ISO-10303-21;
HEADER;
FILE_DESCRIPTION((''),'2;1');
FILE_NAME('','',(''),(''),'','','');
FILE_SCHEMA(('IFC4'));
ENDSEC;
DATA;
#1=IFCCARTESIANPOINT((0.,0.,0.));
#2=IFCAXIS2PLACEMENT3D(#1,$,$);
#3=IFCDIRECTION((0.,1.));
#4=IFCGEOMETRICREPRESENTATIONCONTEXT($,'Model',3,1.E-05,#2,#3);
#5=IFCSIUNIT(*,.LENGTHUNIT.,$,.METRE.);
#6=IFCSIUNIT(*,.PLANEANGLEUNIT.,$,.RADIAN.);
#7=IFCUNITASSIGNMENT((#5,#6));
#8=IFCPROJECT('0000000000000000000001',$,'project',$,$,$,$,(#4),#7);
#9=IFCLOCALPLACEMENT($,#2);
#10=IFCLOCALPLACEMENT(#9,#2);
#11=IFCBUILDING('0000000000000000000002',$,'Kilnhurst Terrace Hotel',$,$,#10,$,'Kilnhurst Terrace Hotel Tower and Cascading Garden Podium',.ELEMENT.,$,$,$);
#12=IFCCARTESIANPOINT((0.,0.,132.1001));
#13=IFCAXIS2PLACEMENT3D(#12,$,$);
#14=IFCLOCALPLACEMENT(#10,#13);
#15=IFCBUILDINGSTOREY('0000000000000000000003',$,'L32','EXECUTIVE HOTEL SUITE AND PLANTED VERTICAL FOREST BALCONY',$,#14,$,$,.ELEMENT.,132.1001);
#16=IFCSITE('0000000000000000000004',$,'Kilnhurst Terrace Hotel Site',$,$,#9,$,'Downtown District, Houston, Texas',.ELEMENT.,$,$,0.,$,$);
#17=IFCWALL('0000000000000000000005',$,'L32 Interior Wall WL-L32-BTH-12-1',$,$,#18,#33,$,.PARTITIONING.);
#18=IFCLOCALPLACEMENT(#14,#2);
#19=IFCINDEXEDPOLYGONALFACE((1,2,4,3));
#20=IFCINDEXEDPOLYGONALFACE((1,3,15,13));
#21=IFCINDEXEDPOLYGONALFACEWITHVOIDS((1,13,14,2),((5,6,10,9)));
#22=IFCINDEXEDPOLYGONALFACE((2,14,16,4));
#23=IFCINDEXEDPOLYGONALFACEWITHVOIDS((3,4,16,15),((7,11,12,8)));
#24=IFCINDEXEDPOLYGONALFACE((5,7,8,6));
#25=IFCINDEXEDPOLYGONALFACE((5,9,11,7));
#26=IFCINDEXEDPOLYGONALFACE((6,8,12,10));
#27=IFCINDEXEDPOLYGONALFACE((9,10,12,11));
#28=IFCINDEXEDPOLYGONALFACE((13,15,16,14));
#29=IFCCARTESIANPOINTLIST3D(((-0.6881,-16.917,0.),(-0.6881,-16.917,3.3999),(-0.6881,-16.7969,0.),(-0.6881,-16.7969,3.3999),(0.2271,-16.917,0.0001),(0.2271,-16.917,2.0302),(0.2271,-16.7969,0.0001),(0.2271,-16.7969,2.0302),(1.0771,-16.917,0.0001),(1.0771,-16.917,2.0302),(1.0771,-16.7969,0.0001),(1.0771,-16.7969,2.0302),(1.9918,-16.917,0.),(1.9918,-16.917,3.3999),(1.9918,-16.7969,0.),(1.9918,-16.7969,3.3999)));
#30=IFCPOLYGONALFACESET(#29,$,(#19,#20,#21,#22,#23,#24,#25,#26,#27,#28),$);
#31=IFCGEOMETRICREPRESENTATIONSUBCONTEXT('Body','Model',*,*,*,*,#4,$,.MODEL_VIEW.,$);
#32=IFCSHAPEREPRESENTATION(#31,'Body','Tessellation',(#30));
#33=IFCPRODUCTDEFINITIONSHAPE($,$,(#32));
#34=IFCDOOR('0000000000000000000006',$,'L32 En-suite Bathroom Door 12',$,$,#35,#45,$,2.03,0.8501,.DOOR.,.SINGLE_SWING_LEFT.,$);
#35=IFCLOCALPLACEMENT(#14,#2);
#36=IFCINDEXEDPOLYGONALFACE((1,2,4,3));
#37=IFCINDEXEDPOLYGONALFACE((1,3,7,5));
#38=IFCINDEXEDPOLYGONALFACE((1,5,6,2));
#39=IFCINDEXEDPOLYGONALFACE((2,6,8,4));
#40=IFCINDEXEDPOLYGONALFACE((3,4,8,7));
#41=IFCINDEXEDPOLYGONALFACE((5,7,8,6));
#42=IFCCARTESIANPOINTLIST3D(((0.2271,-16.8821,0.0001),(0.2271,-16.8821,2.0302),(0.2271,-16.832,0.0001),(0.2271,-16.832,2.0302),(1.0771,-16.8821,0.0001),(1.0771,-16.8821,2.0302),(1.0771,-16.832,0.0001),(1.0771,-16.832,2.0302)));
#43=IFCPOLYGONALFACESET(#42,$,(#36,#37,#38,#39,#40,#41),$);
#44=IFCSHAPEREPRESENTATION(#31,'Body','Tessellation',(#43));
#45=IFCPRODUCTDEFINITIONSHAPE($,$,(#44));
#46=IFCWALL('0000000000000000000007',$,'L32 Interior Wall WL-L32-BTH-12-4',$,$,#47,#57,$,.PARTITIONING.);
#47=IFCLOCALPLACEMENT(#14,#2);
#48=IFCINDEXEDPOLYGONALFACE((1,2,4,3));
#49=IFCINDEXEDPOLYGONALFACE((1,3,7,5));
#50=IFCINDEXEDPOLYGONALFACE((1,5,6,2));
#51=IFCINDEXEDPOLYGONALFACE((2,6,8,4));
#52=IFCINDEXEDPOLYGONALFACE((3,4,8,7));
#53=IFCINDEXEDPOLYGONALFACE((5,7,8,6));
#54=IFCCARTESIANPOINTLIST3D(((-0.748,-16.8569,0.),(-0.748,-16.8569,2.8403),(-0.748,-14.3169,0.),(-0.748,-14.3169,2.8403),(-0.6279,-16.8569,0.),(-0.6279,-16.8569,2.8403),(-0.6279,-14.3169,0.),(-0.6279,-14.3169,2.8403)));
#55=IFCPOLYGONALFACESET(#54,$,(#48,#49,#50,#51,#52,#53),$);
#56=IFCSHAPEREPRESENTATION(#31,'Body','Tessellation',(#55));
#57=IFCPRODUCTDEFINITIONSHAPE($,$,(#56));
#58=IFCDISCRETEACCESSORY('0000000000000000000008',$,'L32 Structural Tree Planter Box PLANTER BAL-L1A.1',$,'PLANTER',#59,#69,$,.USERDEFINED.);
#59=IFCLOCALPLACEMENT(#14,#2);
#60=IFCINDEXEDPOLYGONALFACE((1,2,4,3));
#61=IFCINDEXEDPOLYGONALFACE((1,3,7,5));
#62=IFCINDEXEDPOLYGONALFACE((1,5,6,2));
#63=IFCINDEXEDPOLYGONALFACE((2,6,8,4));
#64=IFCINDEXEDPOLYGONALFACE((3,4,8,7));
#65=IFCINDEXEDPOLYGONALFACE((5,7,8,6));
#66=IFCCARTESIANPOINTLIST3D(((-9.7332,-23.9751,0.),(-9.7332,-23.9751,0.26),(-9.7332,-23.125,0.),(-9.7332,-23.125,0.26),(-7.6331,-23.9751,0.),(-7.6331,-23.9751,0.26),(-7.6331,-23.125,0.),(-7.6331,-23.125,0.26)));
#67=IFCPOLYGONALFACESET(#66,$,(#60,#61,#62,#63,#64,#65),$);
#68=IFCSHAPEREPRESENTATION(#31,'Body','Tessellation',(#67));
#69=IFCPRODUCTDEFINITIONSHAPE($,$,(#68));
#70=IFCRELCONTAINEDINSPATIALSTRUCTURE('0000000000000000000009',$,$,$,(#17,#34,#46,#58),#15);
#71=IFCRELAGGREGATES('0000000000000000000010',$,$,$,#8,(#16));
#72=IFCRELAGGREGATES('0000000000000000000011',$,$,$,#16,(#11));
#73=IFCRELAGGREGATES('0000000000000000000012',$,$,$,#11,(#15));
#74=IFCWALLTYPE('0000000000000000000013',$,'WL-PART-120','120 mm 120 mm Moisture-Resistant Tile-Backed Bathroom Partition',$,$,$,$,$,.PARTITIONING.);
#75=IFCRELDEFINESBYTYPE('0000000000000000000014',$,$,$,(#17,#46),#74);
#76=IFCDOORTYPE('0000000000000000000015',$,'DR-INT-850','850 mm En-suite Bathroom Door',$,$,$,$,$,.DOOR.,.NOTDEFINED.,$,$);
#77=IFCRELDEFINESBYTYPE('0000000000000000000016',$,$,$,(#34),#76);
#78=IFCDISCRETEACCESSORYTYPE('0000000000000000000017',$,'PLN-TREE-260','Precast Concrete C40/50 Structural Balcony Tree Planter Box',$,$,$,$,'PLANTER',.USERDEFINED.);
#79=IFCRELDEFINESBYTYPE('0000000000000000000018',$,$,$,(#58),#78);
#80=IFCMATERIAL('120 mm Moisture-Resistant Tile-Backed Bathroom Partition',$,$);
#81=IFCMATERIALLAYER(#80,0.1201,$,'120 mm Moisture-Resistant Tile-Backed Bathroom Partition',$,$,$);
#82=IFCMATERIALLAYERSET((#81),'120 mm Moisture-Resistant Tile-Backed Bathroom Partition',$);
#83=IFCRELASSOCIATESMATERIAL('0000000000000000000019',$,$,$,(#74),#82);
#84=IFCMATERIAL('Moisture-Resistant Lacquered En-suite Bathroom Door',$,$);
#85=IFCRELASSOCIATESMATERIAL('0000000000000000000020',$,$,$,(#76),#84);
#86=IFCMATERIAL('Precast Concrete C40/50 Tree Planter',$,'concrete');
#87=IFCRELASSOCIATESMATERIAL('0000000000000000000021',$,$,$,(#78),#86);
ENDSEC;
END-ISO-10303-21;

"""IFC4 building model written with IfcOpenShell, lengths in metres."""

from ifc_helpers import new_model, si_unit, direction, frame, frame_2d, origin, origin_2d, place, context, subcontext, project, spatial, rectangle, extrude, material, layer, layer_set, type_object, element, fill, save


model = new_model("IFC4")

# Units and contexts
model_context = context("Model", 3, precision=1e-05, world=origin(), true_north=direction((0.0, 1.0)))
body_context = subcontext(model_context, "Body", "Model", "MODEL_VIEW")
ifc_project = project(units=[si_unit("LENGTHUNIT", "METRE"), si_unit("PLANEANGLEUNIT", "RADIAN")], contexts=[model_context])

# Site, building, storey
site_placement = place(None, origin())
site = spatial("IfcSite", under=ifc_project, at=site_placement, Name="Kilnhurst Terrace Hotel Site", LongName="Downtown District, Houston, Texas", CompositionType="ELEMENT", RefElevation=0.0)
building_placement = place(site_placement, origin())
building = spatial("IfcBuilding", under=site, at=building_placement, Name="Kilnhurst Terrace Hotel", LongName="Kilnhurst Terrace Hotel Tower and Cascading Garden Podium", CompositionType="ELEMENT")
storey_placement = place(building_placement, frame((0.0, 0.0, 132.1001)))
storey = spatial("IfcBuildingStorey", under=building, at=storey_placement, Name="L32", Description="EXECUTIVE HOTEL SUITE AND PLANTED VERTICAL FOREST BALCONY", CompositionType="ELEMENT", Elevation=132.1001)

# Wall, opening, door
ifc_material_1 = material(Name="120 mm Moisture-Resistant Tile-Backed Bathroom Partition")
ifc_layer_1 = layer(ifc_material_1, 0.1201, Name="120 mm Moisture-Resistant Tile-Backed Bathroom Partition")
ifc_layer_set_1 = layer_set([ifc_layer_1], Name="120 mm Moisture-Resistant Tile-Backed Bathroom Partition")
wall_type_1 = type_object("IfcWallType", Name="WL-PART-120", Description="120 mm 120 mm Moisture-Resistant Tile-Backed Bathroom Partition", PredefinedType="PARTITIONING", material=ifc_layer_set_1)
wall_1_placement = place(storey_placement, frame((-0.688, -16.8569, 0.0), z_axis=(0.0, 0.0, 1.0), x_axis=(1.0, 0.0, 0.0)))
wall_1 = element("IfcWall", 1, at=wall_1_placement, inside=storey, type_object=wall_type_1, Name="L32 Interior Wall WL-L32-BTH-12-1", PredefinedType="PARTITIONING", context=body_context, shape_type="SweptSolid", body=[
    extrude(rectangle(XDim=2.6799, YDim=0.1201, at=frame_2d((1.3398, 0.0))), origin(), (0.0, 0.0, 1.0), 3.3999),
])
opening_1_placement = place(wall_1_placement, frame((0.915, 0.0, 0.0)))
opening_1 = element("IfcOpeningElement", 2, at=opening_1_placement, cuts=wall_1, PredefinedType="OPENING", context=body_context, shape_type="SweptSolid", body=[
    extrude(rectangle(XDim=0.8501, YDim=2.03, at=frame_2d((0.425, 1.0151))), frame((0.0, 0.0701, 0.0), z_axis=(0.0, -1.0, 0.0), x_axis=(1.0, 0.0, 0.0)), (0.0, 0.0, 1.0), 0.1401),
])
ifc_material_2 = material(Name="Moisture-Resistant Lacquered En-suite Bathroom Door")
door_type_1 = type_object("IfcDoorType", Name="DR-INT-850", Description="850 mm En-suite Bathroom Door", OperationType="NOTDEFINED", PredefinedType="DOOR", material=ifc_material_2)
door_1_placement = place(opening_1_placement, origin())
door_1 = element("IfcDoor", 3, at=door_1_placement, inside=storey, type_object=door_type_1, Name="L32 En-suite Bathroom Door 12", OperationType="SINGLE_SWING_LEFT", OverallHeight=2.03, OverallWidth=0.8501, PredefinedType="DOOR", context=body_context, shape_type="SweptSolid", body=[
    extrude(rectangle(XDim=0.8501, YDim=2.03, at=frame_2d((0.425, 1.0151))), frame((0.0, 0.0249, 0.0), z_axis=(0.0, -1.0, 0.0), x_axis=(1.0, 0.0, 0.0)), (0.0, 0.0, 1.0), 0.05),
])
fill(opening_1, door_1)

# Wall
wall_2_placement = place(storey_placement, frame((-0.688, -14.3169, 0.0), z_axis=(0.0, 0.0, 1.0), x_axis=(0.0, -1.0, 0.0)))
element("IfcWall", 4, at=wall_2_placement, inside=storey, type_object=wall_type_1, Name="L32 Interior Wall WL-L32-BTH-12-4", PredefinedType="PARTITIONING", context=body_context, shape_type="SweptSolid", body=[
    extrude(rectangle(XDim=2.54, YDim=0.1201, at=frame_2d((1.27, 0.0))), origin(), (0.0, 0.0, 1.0), 2.8403),
])

# Discrete accessory
ifc_material_3 = material(Name="Precast Concrete C40/50 Tree Planter", Category="concrete")
discrete_accessory_type = type_object("IfcDiscreteAccessoryType", Name="PLN-TREE-260", Description="Precast Concrete C40/50 Structural Balcony Tree Planter Box", ElementType="PLANTER", PredefinedType="USERDEFINED", material=ifc_material_3)
discrete_accessory_placement = place(storey_placement, frame((-8.6831, -23.55, 0.0), z_axis=(0.0, 0.0, 1.0), x_axis=(1.0, 0.0, 0.0)))
element("IfcDiscreteAccessory", 5, at=discrete_accessory_placement, inside=storey, type_object=discrete_accessory_type, Name="L32 Structural Tree Planter Box PLANTER BAL-L1A.1", ObjectType="PLANTER", PredefinedType="USERDEFINED", context=body_context, shape_type="SweptSolid", body=[
    extrude(rectangle(XDim=2.1001, YDim=0.8501, at=origin_2d()), origin(), (0.0, 0.0, 1.0), 0.26),
])

save(model, "model.ifc")
